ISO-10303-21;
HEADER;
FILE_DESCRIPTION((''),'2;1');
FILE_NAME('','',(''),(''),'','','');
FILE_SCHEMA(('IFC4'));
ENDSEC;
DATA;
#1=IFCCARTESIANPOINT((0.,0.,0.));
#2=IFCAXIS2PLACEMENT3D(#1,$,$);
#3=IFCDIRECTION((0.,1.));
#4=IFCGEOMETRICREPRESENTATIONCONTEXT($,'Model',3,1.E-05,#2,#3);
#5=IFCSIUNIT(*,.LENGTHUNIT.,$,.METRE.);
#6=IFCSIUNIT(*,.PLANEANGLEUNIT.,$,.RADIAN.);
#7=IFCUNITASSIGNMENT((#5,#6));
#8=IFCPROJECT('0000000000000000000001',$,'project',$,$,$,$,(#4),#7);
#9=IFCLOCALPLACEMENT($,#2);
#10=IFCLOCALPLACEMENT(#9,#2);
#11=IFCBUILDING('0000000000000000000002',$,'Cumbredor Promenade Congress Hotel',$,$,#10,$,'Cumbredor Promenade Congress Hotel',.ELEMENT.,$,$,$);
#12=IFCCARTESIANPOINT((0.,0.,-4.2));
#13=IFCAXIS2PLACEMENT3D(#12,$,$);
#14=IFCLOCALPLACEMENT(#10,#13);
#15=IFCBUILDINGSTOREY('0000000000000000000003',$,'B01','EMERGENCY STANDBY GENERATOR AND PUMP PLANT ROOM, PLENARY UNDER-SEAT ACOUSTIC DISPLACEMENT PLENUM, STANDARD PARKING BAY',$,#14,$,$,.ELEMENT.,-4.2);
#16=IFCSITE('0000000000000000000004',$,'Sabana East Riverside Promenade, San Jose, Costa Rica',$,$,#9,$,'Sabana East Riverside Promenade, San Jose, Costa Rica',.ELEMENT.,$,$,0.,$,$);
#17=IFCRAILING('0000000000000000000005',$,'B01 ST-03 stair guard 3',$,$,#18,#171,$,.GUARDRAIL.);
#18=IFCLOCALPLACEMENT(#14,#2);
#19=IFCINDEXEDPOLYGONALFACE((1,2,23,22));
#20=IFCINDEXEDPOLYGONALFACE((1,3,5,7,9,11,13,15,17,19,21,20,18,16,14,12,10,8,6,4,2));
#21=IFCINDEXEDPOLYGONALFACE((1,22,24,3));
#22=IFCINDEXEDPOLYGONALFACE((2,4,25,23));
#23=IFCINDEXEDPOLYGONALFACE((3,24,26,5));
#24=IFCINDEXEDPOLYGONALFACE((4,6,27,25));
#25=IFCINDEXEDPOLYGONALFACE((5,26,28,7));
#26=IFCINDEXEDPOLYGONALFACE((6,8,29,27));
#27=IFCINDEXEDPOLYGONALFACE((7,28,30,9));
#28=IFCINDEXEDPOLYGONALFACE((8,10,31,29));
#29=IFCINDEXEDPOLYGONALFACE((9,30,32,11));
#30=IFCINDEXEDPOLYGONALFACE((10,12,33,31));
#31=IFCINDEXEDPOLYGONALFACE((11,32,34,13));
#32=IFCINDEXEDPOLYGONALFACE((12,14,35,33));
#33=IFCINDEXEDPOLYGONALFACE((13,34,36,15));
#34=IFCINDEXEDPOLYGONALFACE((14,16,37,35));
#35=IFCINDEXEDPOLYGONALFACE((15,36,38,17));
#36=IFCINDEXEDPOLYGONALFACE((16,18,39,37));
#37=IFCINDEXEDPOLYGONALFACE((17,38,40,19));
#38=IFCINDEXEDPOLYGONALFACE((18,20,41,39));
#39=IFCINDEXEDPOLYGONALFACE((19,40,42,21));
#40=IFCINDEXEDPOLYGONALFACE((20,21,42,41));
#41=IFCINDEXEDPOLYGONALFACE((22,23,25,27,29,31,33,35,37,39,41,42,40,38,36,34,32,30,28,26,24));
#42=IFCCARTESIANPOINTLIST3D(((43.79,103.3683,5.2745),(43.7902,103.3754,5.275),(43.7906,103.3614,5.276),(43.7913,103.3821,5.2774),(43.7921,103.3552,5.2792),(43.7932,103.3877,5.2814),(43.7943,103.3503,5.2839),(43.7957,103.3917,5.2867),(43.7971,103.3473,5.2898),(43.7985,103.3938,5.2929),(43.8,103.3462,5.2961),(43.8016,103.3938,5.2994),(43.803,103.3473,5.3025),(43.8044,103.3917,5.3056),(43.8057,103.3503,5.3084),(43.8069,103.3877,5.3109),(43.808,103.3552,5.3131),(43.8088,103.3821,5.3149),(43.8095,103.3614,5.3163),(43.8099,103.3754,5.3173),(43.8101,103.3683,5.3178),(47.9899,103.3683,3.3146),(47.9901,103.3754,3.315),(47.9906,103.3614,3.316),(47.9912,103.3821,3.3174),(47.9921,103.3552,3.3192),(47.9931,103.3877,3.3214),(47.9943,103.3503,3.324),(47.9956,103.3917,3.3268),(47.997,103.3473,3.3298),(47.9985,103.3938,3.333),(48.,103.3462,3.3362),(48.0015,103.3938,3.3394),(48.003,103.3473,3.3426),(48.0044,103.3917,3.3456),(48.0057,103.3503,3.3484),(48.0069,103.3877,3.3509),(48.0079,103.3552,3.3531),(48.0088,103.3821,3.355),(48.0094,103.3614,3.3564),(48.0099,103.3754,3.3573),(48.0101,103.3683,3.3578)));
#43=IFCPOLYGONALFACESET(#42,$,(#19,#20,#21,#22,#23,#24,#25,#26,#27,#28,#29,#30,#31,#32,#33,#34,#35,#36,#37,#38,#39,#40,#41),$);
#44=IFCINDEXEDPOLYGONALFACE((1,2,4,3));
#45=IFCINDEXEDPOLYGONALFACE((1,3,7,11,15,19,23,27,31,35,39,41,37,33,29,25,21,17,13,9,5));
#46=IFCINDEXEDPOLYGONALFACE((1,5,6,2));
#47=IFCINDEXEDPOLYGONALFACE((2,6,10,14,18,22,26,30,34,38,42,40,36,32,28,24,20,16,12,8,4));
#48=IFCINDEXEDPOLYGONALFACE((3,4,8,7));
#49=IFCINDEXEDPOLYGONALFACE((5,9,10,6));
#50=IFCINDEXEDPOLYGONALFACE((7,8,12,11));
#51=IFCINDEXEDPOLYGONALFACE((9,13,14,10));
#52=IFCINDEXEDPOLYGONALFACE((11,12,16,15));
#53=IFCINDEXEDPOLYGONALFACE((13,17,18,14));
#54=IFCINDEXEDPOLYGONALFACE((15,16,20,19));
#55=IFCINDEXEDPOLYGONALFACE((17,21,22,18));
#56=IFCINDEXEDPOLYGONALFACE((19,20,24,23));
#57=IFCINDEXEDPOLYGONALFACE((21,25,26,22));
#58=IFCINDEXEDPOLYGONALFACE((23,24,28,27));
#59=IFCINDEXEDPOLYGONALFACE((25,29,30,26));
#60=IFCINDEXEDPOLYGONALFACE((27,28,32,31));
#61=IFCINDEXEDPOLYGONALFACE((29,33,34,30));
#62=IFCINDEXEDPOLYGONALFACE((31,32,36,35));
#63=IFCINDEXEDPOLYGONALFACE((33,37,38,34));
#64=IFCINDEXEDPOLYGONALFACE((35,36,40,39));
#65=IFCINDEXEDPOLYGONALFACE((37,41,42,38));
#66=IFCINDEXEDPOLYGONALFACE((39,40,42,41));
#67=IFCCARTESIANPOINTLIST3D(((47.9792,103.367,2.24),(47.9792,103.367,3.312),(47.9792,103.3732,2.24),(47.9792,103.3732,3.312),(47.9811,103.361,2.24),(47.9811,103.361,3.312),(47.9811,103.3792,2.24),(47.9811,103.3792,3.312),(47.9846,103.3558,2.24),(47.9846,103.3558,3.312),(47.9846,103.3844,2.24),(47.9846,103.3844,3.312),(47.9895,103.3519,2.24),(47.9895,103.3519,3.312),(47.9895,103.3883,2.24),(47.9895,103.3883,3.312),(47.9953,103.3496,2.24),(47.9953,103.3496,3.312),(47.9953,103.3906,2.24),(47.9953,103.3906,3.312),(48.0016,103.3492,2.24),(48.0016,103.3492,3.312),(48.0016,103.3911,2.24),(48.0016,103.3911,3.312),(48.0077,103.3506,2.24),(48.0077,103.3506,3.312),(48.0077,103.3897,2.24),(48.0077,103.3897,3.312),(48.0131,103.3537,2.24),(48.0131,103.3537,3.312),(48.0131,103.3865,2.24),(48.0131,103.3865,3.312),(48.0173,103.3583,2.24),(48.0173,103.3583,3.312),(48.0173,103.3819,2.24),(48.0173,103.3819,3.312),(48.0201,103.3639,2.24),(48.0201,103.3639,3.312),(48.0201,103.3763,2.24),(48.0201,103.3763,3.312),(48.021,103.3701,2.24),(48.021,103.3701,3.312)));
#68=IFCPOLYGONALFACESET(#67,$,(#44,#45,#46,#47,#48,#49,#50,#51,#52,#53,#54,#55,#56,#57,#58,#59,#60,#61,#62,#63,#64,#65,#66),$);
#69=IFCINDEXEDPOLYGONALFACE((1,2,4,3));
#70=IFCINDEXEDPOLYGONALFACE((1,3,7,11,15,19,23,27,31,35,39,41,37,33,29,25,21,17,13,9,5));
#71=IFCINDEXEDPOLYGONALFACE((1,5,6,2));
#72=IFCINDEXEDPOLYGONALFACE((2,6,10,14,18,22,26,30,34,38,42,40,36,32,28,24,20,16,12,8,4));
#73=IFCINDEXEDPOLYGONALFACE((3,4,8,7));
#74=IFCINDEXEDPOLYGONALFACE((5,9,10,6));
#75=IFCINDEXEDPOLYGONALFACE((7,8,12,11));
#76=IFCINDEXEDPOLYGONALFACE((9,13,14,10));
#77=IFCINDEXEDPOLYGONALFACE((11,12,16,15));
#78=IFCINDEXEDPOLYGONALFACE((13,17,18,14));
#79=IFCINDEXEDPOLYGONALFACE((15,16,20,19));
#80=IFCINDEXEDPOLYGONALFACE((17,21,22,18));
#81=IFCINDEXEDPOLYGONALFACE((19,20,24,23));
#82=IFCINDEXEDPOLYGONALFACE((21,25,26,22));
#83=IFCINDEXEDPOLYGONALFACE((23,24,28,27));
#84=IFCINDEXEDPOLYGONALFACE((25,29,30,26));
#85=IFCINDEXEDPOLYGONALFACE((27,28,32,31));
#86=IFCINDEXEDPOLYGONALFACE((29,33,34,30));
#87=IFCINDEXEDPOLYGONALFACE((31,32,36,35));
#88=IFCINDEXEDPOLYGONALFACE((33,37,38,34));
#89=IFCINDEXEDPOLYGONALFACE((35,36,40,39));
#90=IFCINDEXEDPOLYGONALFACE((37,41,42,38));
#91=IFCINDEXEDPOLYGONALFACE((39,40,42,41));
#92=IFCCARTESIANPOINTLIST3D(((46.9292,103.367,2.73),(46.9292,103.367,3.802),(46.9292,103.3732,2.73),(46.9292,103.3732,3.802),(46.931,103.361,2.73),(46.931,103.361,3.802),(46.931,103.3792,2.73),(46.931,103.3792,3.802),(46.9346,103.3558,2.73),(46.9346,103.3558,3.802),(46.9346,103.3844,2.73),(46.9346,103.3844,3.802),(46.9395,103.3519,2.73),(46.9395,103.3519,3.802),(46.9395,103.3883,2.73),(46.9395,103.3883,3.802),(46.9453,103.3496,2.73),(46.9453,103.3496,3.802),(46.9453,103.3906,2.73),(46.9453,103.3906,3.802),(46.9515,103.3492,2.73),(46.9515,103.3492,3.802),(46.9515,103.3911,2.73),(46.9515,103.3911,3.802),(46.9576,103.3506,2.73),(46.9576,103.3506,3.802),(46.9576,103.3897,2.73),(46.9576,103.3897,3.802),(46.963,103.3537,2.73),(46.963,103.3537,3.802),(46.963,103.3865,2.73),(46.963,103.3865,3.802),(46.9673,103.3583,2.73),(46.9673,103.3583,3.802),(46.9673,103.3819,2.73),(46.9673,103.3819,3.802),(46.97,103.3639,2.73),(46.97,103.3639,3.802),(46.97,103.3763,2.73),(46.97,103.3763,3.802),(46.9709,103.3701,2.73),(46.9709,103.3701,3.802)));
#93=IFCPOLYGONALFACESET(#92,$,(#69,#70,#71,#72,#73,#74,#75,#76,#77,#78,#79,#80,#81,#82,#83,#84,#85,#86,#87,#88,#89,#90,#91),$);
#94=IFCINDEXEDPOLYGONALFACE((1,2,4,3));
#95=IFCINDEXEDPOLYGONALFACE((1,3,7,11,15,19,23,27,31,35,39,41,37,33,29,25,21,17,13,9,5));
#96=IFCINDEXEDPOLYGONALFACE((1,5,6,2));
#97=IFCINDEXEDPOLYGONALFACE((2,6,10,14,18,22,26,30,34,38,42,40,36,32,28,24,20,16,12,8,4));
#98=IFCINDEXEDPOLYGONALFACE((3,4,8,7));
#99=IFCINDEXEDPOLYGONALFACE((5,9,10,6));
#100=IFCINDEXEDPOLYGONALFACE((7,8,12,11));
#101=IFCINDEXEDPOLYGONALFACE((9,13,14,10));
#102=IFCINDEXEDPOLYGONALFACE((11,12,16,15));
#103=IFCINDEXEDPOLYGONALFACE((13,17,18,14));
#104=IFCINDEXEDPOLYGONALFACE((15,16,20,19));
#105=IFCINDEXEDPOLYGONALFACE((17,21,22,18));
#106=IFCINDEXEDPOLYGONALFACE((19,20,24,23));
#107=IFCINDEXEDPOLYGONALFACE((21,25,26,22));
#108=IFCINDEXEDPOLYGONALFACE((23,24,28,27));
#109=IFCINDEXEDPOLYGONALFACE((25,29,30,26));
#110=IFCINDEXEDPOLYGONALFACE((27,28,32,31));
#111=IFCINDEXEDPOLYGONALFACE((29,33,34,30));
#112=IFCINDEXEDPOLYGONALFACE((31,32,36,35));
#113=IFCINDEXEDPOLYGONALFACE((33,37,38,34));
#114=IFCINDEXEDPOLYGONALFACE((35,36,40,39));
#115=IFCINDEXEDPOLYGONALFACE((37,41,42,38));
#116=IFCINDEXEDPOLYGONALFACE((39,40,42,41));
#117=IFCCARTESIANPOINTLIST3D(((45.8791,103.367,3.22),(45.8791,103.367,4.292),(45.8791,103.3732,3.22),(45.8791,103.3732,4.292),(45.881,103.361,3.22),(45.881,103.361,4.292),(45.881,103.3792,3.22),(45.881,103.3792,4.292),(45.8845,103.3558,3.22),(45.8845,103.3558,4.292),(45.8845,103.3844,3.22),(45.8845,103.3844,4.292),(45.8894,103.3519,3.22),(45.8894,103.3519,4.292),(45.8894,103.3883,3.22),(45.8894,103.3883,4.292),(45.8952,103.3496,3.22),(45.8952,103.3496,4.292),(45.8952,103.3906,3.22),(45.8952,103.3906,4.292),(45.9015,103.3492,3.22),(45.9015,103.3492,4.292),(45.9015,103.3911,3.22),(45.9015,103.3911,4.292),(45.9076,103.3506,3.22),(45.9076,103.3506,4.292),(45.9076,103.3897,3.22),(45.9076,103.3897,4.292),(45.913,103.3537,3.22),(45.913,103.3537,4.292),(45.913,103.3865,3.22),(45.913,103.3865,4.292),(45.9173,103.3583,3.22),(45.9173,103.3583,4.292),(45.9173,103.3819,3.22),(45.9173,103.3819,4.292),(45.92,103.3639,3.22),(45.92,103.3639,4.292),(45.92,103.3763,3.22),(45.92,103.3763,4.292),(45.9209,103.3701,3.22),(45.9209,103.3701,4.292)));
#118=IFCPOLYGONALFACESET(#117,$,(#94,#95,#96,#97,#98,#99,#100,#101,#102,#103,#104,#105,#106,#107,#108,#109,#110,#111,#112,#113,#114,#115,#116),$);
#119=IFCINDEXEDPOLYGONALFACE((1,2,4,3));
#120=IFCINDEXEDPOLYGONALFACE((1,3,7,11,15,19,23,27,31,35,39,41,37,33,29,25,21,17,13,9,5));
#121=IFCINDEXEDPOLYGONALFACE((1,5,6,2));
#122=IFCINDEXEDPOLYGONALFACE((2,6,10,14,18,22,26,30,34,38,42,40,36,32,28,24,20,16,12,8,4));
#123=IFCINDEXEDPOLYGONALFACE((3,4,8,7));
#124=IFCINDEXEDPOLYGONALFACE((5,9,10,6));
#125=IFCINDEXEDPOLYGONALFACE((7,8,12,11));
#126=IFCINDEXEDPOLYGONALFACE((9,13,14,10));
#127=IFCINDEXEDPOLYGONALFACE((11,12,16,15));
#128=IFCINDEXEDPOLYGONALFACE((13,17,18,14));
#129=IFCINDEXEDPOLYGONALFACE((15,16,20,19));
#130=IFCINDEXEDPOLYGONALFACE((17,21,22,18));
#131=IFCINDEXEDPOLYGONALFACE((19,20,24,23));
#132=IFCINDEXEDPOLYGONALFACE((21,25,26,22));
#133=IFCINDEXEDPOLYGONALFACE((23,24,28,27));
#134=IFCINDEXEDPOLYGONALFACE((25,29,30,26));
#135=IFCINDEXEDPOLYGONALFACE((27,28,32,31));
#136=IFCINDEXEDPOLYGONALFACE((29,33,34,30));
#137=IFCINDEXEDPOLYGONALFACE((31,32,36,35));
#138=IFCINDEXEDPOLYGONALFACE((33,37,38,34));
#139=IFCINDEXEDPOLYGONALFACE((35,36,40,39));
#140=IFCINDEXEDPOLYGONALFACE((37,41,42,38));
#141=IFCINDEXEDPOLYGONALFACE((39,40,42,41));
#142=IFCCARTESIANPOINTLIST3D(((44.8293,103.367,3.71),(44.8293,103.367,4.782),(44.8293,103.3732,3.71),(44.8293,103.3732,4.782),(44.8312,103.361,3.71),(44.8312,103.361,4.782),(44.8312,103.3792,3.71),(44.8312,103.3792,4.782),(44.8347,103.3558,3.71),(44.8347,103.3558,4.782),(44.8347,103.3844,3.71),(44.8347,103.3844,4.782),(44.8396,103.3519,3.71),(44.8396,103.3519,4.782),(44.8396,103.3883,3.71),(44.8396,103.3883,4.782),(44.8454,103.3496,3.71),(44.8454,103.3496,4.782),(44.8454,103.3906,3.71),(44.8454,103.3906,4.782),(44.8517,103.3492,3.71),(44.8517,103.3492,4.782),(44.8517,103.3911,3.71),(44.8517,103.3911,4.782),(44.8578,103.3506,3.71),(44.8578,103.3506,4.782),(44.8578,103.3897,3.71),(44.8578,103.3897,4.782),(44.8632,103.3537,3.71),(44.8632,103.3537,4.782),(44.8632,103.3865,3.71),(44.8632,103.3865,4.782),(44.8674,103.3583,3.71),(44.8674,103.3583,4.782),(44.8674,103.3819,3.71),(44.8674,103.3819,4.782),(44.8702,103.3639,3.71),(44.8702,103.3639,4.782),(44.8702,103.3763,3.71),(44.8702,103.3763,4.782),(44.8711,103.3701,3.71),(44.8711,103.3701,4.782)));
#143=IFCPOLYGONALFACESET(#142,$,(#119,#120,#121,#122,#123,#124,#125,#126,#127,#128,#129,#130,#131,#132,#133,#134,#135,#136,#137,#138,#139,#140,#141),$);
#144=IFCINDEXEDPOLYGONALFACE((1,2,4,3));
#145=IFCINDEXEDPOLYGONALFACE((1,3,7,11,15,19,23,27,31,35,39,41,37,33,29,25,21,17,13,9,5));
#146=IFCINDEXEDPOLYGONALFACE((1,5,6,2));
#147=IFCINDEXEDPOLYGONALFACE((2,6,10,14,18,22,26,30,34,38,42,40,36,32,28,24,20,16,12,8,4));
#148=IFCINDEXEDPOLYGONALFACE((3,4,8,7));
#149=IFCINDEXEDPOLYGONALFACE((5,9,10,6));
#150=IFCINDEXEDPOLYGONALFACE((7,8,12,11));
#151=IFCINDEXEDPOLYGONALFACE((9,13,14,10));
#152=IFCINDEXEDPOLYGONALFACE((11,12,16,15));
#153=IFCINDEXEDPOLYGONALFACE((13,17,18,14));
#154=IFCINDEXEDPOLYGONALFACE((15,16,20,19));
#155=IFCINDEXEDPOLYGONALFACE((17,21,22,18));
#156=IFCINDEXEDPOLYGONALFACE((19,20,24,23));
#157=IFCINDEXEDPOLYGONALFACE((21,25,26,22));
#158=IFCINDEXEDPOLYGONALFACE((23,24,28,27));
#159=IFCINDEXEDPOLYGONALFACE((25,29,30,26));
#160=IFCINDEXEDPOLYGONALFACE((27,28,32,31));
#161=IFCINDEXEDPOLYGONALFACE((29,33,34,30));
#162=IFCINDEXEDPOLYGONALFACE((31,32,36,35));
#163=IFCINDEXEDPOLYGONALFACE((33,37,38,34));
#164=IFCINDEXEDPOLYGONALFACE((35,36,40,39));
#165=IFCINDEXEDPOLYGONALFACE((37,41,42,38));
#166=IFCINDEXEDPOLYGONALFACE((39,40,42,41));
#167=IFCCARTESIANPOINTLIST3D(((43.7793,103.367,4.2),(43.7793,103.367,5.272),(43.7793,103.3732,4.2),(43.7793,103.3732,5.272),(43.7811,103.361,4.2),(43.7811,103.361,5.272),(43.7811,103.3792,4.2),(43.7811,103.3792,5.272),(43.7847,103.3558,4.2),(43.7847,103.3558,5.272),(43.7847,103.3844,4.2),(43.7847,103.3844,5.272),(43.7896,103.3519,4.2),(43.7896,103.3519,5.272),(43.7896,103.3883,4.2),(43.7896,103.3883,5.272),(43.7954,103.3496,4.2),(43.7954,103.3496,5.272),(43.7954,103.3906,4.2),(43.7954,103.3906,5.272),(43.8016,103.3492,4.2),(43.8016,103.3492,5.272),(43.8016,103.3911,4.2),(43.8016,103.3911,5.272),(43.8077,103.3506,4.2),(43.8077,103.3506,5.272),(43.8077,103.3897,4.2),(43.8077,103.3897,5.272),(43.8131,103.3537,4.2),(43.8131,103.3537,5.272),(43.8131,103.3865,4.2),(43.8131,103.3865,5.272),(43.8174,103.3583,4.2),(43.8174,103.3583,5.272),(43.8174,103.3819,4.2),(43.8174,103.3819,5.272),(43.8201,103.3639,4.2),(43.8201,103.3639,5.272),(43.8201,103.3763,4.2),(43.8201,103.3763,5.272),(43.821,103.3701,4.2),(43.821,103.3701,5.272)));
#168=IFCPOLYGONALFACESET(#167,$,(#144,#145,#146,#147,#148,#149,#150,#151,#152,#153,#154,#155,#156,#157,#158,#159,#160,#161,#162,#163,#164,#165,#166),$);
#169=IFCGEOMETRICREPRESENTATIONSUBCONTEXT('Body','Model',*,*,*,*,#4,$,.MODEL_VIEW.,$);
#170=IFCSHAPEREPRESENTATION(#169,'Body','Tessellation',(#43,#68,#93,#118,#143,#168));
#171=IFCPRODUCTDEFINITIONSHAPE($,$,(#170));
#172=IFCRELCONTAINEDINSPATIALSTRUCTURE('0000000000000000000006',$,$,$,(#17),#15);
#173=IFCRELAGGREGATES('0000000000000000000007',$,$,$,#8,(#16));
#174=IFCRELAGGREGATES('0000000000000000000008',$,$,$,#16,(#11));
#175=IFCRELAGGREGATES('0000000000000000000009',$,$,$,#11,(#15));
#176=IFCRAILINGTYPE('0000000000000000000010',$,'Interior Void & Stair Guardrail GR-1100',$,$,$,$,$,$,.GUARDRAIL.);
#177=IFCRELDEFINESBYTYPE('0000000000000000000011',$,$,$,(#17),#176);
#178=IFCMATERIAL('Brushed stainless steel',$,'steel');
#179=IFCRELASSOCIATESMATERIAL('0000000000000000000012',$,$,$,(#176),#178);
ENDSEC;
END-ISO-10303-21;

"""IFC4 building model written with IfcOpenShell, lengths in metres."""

from ifc_helpers import new_model, si_unit, direction, frame, origin, origin_2d, place, context, subcontext, project, spatial, circle, extrude, material, type_object, element, save


model = new_model("IFC4")

# Units and contexts
model_context = context("Model", 3, precision=1e-05, world=origin(), true_north=direction((0.0, 1.0)))
body_context = subcontext(model_context, "Body", "Model", "MODEL_VIEW")
ifc_project = project(units=[si_unit("LENGTHUNIT", "METRE"), si_unit("PLANEANGLEUNIT", "RADIAN")], contexts=[model_context])

# Site, building, storey
site_placement = place(None, origin())
site = spatial("IfcSite", under=ifc_project, at=site_placement, Name="Sabana East Riverside Promenade, San Jose, Costa Rica", LongName="Sabana East Riverside Promenade, San Jose, Costa Rica", CompositionType="ELEMENT", RefElevation=0.0)
building_placement = place(site_placement, origin())
building = spatial("IfcBuilding", under=site, at=building_placement, Name="Cumbredor Promenade Congress Hotel", LongName="Cumbredor Promenade Congress Hotel", CompositionType="ELEMENT")
storey_placement = place(building_placement, frame((0.0, 0.0, -4.2)))
storey = spatial("IfcBuildingStorey", under=building, at=storey_placement, Name="B01", Description="EMERGENCY STANDBY GENERATOR AND PUMP PLANT ROOM, PLENARY UNDER-SEAT ACOUSTIC DISPLACEMENT PLENUM, STANDARD PARKING BAY", CompositionType="ELEMENT", Elevation=-4.2)

# Railing
ifc_material_1 = material(Name="Brushed stainless steel", Category="steel")
railing_type_1 = type_object("IfcRailingType", Name="Interior Void & Stair Guardrail GR-1100", PredefinedType="GUARDRAIL", material=ifc_material_1)
railing_1_placement = place(storey_placement, frame((48.0, 103.3701, 2.24)))
element("IfcRailing", 1, at=railing_1_placement, inside=storey, type_object=railing_type_1, Name="B01 ST-03 stair guard 3", PredefinedType="GUARDRAIL", context=body_context, shape_type="SweptSolid", body=[
    extrude(circle(Radius=0.0239, at=origin_2d()), frame((0.0, 0.0, 1.0962), z_axis=(-0.906184, 0.0, 0.422883), x_axis=(0.0, -1.0, 0.0)), (0.0, 0.0, 1.0), 4.6348),
    extrude(circle(Radius=0.021, at=origin_2d()), origin(), (0.0, 0.0, 1.0), 1.072),
    extrude(circle(Radius=0.021, at=origin_2d()), frame((-1.05, 0.0, 0.49)), (0.0, 0.0, 1.0), 1.072),
    extrude(circle(Radius=0.021, at=origin_2d()), frame((-2.1001, 0.0, 0.98)), (0.0, 0.0, 1.0), 1.072),
    extrude(circle(Radius=0.021, at=origin_2d()), frame((-3.1499, 0.0, 1.47)), (0.0, 0.0, 1.0), 1.072),
    extrude(circle(Radius=0.021, at=origin_2d()), frame((-4.2, 0.0, 1.96)), (0.0, 0.0, 1.0), 1.072),
])

save(model, "model.ifc")
